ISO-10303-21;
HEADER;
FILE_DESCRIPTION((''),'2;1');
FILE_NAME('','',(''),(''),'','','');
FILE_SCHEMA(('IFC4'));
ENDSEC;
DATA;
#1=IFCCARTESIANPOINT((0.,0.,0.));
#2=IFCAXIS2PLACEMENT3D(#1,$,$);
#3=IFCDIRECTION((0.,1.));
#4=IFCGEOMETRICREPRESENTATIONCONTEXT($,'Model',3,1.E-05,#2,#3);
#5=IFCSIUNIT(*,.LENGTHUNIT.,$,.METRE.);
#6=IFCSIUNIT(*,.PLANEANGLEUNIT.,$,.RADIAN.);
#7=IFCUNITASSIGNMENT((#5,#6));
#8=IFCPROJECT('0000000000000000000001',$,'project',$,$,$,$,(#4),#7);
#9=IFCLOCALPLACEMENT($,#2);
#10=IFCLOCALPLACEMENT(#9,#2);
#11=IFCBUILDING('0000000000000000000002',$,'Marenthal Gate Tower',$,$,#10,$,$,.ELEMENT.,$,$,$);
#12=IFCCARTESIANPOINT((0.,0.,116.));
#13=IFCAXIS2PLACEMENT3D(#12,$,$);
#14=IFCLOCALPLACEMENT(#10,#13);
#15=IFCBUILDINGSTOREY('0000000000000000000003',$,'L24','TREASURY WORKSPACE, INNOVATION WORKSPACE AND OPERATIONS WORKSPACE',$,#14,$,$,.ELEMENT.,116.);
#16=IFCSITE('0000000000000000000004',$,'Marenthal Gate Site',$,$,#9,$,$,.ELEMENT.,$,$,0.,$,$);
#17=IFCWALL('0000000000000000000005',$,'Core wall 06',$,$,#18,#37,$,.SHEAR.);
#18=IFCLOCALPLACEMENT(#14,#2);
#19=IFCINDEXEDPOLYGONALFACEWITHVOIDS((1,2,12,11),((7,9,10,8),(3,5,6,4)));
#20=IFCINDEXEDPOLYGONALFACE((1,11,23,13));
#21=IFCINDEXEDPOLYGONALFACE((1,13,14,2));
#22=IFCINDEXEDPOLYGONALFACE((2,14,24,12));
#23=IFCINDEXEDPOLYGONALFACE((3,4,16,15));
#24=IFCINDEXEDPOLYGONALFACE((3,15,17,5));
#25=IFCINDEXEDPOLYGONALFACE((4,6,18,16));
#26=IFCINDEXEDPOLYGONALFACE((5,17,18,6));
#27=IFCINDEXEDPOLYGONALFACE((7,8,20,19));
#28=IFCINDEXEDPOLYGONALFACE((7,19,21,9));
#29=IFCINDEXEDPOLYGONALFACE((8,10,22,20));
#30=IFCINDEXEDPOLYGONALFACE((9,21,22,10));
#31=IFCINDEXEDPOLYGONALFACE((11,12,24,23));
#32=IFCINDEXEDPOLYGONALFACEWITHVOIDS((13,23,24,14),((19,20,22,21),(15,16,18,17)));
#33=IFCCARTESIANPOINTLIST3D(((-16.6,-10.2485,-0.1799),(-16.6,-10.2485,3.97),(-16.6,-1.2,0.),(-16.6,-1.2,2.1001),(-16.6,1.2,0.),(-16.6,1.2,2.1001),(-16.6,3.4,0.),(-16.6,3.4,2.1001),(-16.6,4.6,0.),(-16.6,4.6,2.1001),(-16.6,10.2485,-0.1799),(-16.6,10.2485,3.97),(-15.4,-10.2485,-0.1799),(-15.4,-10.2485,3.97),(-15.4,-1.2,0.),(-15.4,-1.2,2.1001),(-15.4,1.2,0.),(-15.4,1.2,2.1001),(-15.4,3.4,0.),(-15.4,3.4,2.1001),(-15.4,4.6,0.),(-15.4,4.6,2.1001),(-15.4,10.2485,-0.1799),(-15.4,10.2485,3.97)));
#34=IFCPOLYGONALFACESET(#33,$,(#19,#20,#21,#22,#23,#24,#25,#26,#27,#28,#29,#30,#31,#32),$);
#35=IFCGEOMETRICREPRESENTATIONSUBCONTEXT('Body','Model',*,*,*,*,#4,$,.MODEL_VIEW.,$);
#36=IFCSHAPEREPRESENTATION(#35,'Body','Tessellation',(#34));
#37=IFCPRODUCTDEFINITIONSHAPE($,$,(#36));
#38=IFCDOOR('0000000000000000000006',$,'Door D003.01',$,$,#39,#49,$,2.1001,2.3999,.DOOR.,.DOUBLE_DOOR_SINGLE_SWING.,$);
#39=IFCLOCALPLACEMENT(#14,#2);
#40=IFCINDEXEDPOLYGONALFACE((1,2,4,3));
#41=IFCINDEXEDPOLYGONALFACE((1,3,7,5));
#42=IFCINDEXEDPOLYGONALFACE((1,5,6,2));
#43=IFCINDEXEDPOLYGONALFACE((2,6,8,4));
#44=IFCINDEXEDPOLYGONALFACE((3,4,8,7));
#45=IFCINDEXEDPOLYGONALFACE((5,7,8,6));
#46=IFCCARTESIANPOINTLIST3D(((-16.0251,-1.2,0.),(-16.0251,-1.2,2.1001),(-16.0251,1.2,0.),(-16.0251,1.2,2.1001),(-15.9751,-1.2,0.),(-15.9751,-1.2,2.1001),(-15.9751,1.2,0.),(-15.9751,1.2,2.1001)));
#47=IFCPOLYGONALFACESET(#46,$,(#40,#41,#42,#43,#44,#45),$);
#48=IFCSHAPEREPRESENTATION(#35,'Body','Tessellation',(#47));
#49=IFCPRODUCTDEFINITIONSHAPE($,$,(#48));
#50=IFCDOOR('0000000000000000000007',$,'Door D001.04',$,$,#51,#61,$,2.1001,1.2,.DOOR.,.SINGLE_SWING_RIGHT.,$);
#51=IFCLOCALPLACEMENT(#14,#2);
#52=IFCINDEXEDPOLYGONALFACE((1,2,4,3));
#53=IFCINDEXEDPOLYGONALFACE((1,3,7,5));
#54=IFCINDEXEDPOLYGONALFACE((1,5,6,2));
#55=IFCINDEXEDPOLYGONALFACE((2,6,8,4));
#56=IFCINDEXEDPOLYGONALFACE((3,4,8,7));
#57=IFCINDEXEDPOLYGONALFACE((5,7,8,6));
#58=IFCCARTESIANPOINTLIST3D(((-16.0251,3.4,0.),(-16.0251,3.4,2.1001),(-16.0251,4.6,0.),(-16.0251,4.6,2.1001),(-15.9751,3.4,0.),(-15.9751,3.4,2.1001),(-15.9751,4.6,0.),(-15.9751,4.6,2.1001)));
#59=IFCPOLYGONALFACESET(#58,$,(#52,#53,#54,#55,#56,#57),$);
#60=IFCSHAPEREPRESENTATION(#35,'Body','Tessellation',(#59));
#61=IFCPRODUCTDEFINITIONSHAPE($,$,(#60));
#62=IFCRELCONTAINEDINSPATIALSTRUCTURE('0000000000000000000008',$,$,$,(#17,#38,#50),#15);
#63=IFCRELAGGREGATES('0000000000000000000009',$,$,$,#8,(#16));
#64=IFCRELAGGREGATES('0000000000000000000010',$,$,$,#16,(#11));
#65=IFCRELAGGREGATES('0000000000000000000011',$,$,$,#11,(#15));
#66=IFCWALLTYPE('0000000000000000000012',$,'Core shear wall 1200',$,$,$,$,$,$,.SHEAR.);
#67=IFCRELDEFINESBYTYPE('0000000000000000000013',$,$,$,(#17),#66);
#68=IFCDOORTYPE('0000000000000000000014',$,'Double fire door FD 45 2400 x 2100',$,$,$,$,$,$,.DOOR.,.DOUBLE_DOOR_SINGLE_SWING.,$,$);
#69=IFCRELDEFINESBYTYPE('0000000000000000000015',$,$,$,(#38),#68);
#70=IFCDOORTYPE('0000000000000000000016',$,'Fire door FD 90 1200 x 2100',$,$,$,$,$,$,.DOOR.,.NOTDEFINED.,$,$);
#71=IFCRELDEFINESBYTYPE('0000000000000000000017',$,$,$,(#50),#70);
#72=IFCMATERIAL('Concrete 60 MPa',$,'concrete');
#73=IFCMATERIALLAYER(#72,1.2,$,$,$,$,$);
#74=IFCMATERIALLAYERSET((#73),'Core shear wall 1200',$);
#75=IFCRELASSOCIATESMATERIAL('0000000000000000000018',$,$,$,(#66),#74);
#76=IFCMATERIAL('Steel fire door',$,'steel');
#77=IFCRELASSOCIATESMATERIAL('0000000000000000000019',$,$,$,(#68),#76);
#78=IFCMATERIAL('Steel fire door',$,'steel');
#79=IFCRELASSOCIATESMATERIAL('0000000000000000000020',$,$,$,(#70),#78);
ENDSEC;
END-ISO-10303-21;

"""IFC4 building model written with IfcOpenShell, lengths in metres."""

from ifc_helpers import new_model, si_unit, direction, frame, frame_2d, origin, place, context, subcontext, project, spatial, rectangle, extrude, material, layer, layer_set, type_object, element, fill, save


model = new_model("IFC4")

# Units and contexts
model_context = context("Model", 3, precision=1e-05, world=origin(), true_north=direction((0.0, 1.0)))
body_context = subcontext(model_context, "Body", "Model", "MODEL_VIEW")
ifc_project = project(units=[si_unit("LENGTHUNIT", "METRE"), si_unit("PLANEANGLEUNIT", "RADIAN")], contexts=[model_context])

# Site, building, storey
site_placement = place(None, origin())
site = spatial("IfcSite", under=ifc_project, at=site_placement, Name="Marenthal Gate Site", CompositionType="ELEMENT", RefElevation=0.0)
building_placement = place(site_placement, origin())
building = spatial("IfcBuilding", under=site, at=building_placement, Name="Marenthal Gate Tower", CompositionType="ELEMENT")
storey_placement = place(building_placement, frame((0.0, 0.0, 116.0)))
storey = spatial("IfcBuildingStorey", under=building, at=storey_placement, Name="L24", Description="TREASURY WORKSPACE, INNOVATION WORKSPACE AND OPERATIONS WORKSPACE", CompositionType="ELEMENT", Elevation=116.0)

# Wall, openings, doors
ifc_material_1 = material(Name="Concrete 60 MPa", Category="concrete")
ifc_layer_1 = layer(ifc_material_1, 1.2)
ifc_layer_set_1 = layer_set([ifc_layer_1], Name="Core shear wall 1200")
wall_type_1 = type_object("IfcWallType", Name="Core shear wall 1200", PredefinedType="SHEAR", material=ifc_layer_set_1)
wall_1_placement = place(storey_placement, frame((-16.0, 10.2485, -0.1799), z_axis=(0.0, 0.0, 1.0), x_axis=(0.0, -1.0, 0.0)))
wall_1 = element("IfcWall", 1, at=wall_1_placement, inside=storey, type_object=wall_type_1, Name="Core wall 06", PredefinedType="SHEAR", context=body_context, shape_type="SweptSolid", body=[
    extrude(rectangle(XDim=20.4971, YDim=1.2, at=frame_2d((10.2485, 0.0))), origin(), (0.0, 0.0, 1.0), 4.1499),
])
opening_1_placement = place(wall_1_placement, frame((9.0486, 0.0, 0.1799)))
opening_1 = element("IfcOpeningElement", 2, at=opening_1_placement, cuts=wall_1, PredefinedType="OPENING", context=body_context, shape_type="SweptSolid", body=[
    extrude(rectangle(XDim=2.3999, YDim=2.1001, at=frame_2d((1.2, 1.05))), frame((0.0, 0.6099, 0.0), z_axis=(0.0, -1.0, 0.0), x_axis=(1.0, 0.0, 0.0)), (0.0, 0.0, 1.0), 1.22),
])
opening_2_placement = place(wall_1_placement, frame((5.6484, 0.0, 0.1799)))
opening_2 = element("IfcOpeningElement", 3, at=opening_2_placement, cuts=wall_1, PredefinedType="OPENING", context=body_context, shape_type="SweptSolid", body=[
    extrude(rectangle(XDim=1.2, YDim=2.1001, at=frame_2d((0.6001, 1.05))), frame((0.0, 0.6099, 0.0), z_axis=(0.0, -1.0, 0.0), x_axis=(1.0, 0.0, 0.0)), (0.0, 0.0, 1.0), 1.22),
])
ifc_material_2 = material(Name="Steel fire door", Category="steel")
door_type_1 = type_object("IfcDoorType", Name="Double fire door FD 45 2400 x 2100", OperationType="DOUBLE_DOOR_SINGLE_SWING", PredefinedType="DOOR", material=ifc_material_2)
door_1_placement = place(opening_1_placement, origin())
door_1 = element("IfcDoor", 4, at=door_1_placement, inside=storey, type_object=door_type_1, Name="Door D003.01", OperationType="DOUBLE_DOOR_SINGLE_SWING", OverallHeight=2.1001, OverallWidth=2.3999, PredefinedType="DOOR", context=body_context, shape_type="SweptSolid", body=[
    extrude(rectangle(XDim=2.3999, YDim=2.1001, at=frame_2d((1.2, 1.05))), frame((0.0, 0.0249, 0.0), z_axis=(0.0, -1.0, 0.0), x_axis=(1.0, 0.0, 0.0)), (0.0, 0.0, 1.0), 0.05),
])
fill(opening_1, door_1)
ifc_material_3 = material(Name="Steel fire door", Category="steel")
door_type_2 = type_object("IfcDoorType", Name="Fire door FD 90 1200 x 2100", OperationType="NOTDEFINED", PredefinedType="DOOR", material=ifc_material_3)
door_2_placement = place(opening_2_placement, origin())
door_2 = element("IfcDoor", 5, at=door_2_placement, inside=storey, type_object=door_type_2, Name="Door D001.04", OperationType="SINGLE_SWING_RIGHT", OverallHeight=2.1001, OverallWidth=1.2, PredefinedType="DOOR", context=body_context, shape_type="SweptSolid", body=[
    extrude(rectangle(XDim=1.2, YDim=2.1001, at=frame_2d((0.6001, 1.05))), frame((0.0, 0.0249, 0.0), z_axis=(0.0, -1.0, 0.0), x_axis=(1.0, 0.0, 0.0)), (0.0, 0.0, 1.0), 0.05),
])
fill(opening_2, door_2)

save(model, "model.ifc")
